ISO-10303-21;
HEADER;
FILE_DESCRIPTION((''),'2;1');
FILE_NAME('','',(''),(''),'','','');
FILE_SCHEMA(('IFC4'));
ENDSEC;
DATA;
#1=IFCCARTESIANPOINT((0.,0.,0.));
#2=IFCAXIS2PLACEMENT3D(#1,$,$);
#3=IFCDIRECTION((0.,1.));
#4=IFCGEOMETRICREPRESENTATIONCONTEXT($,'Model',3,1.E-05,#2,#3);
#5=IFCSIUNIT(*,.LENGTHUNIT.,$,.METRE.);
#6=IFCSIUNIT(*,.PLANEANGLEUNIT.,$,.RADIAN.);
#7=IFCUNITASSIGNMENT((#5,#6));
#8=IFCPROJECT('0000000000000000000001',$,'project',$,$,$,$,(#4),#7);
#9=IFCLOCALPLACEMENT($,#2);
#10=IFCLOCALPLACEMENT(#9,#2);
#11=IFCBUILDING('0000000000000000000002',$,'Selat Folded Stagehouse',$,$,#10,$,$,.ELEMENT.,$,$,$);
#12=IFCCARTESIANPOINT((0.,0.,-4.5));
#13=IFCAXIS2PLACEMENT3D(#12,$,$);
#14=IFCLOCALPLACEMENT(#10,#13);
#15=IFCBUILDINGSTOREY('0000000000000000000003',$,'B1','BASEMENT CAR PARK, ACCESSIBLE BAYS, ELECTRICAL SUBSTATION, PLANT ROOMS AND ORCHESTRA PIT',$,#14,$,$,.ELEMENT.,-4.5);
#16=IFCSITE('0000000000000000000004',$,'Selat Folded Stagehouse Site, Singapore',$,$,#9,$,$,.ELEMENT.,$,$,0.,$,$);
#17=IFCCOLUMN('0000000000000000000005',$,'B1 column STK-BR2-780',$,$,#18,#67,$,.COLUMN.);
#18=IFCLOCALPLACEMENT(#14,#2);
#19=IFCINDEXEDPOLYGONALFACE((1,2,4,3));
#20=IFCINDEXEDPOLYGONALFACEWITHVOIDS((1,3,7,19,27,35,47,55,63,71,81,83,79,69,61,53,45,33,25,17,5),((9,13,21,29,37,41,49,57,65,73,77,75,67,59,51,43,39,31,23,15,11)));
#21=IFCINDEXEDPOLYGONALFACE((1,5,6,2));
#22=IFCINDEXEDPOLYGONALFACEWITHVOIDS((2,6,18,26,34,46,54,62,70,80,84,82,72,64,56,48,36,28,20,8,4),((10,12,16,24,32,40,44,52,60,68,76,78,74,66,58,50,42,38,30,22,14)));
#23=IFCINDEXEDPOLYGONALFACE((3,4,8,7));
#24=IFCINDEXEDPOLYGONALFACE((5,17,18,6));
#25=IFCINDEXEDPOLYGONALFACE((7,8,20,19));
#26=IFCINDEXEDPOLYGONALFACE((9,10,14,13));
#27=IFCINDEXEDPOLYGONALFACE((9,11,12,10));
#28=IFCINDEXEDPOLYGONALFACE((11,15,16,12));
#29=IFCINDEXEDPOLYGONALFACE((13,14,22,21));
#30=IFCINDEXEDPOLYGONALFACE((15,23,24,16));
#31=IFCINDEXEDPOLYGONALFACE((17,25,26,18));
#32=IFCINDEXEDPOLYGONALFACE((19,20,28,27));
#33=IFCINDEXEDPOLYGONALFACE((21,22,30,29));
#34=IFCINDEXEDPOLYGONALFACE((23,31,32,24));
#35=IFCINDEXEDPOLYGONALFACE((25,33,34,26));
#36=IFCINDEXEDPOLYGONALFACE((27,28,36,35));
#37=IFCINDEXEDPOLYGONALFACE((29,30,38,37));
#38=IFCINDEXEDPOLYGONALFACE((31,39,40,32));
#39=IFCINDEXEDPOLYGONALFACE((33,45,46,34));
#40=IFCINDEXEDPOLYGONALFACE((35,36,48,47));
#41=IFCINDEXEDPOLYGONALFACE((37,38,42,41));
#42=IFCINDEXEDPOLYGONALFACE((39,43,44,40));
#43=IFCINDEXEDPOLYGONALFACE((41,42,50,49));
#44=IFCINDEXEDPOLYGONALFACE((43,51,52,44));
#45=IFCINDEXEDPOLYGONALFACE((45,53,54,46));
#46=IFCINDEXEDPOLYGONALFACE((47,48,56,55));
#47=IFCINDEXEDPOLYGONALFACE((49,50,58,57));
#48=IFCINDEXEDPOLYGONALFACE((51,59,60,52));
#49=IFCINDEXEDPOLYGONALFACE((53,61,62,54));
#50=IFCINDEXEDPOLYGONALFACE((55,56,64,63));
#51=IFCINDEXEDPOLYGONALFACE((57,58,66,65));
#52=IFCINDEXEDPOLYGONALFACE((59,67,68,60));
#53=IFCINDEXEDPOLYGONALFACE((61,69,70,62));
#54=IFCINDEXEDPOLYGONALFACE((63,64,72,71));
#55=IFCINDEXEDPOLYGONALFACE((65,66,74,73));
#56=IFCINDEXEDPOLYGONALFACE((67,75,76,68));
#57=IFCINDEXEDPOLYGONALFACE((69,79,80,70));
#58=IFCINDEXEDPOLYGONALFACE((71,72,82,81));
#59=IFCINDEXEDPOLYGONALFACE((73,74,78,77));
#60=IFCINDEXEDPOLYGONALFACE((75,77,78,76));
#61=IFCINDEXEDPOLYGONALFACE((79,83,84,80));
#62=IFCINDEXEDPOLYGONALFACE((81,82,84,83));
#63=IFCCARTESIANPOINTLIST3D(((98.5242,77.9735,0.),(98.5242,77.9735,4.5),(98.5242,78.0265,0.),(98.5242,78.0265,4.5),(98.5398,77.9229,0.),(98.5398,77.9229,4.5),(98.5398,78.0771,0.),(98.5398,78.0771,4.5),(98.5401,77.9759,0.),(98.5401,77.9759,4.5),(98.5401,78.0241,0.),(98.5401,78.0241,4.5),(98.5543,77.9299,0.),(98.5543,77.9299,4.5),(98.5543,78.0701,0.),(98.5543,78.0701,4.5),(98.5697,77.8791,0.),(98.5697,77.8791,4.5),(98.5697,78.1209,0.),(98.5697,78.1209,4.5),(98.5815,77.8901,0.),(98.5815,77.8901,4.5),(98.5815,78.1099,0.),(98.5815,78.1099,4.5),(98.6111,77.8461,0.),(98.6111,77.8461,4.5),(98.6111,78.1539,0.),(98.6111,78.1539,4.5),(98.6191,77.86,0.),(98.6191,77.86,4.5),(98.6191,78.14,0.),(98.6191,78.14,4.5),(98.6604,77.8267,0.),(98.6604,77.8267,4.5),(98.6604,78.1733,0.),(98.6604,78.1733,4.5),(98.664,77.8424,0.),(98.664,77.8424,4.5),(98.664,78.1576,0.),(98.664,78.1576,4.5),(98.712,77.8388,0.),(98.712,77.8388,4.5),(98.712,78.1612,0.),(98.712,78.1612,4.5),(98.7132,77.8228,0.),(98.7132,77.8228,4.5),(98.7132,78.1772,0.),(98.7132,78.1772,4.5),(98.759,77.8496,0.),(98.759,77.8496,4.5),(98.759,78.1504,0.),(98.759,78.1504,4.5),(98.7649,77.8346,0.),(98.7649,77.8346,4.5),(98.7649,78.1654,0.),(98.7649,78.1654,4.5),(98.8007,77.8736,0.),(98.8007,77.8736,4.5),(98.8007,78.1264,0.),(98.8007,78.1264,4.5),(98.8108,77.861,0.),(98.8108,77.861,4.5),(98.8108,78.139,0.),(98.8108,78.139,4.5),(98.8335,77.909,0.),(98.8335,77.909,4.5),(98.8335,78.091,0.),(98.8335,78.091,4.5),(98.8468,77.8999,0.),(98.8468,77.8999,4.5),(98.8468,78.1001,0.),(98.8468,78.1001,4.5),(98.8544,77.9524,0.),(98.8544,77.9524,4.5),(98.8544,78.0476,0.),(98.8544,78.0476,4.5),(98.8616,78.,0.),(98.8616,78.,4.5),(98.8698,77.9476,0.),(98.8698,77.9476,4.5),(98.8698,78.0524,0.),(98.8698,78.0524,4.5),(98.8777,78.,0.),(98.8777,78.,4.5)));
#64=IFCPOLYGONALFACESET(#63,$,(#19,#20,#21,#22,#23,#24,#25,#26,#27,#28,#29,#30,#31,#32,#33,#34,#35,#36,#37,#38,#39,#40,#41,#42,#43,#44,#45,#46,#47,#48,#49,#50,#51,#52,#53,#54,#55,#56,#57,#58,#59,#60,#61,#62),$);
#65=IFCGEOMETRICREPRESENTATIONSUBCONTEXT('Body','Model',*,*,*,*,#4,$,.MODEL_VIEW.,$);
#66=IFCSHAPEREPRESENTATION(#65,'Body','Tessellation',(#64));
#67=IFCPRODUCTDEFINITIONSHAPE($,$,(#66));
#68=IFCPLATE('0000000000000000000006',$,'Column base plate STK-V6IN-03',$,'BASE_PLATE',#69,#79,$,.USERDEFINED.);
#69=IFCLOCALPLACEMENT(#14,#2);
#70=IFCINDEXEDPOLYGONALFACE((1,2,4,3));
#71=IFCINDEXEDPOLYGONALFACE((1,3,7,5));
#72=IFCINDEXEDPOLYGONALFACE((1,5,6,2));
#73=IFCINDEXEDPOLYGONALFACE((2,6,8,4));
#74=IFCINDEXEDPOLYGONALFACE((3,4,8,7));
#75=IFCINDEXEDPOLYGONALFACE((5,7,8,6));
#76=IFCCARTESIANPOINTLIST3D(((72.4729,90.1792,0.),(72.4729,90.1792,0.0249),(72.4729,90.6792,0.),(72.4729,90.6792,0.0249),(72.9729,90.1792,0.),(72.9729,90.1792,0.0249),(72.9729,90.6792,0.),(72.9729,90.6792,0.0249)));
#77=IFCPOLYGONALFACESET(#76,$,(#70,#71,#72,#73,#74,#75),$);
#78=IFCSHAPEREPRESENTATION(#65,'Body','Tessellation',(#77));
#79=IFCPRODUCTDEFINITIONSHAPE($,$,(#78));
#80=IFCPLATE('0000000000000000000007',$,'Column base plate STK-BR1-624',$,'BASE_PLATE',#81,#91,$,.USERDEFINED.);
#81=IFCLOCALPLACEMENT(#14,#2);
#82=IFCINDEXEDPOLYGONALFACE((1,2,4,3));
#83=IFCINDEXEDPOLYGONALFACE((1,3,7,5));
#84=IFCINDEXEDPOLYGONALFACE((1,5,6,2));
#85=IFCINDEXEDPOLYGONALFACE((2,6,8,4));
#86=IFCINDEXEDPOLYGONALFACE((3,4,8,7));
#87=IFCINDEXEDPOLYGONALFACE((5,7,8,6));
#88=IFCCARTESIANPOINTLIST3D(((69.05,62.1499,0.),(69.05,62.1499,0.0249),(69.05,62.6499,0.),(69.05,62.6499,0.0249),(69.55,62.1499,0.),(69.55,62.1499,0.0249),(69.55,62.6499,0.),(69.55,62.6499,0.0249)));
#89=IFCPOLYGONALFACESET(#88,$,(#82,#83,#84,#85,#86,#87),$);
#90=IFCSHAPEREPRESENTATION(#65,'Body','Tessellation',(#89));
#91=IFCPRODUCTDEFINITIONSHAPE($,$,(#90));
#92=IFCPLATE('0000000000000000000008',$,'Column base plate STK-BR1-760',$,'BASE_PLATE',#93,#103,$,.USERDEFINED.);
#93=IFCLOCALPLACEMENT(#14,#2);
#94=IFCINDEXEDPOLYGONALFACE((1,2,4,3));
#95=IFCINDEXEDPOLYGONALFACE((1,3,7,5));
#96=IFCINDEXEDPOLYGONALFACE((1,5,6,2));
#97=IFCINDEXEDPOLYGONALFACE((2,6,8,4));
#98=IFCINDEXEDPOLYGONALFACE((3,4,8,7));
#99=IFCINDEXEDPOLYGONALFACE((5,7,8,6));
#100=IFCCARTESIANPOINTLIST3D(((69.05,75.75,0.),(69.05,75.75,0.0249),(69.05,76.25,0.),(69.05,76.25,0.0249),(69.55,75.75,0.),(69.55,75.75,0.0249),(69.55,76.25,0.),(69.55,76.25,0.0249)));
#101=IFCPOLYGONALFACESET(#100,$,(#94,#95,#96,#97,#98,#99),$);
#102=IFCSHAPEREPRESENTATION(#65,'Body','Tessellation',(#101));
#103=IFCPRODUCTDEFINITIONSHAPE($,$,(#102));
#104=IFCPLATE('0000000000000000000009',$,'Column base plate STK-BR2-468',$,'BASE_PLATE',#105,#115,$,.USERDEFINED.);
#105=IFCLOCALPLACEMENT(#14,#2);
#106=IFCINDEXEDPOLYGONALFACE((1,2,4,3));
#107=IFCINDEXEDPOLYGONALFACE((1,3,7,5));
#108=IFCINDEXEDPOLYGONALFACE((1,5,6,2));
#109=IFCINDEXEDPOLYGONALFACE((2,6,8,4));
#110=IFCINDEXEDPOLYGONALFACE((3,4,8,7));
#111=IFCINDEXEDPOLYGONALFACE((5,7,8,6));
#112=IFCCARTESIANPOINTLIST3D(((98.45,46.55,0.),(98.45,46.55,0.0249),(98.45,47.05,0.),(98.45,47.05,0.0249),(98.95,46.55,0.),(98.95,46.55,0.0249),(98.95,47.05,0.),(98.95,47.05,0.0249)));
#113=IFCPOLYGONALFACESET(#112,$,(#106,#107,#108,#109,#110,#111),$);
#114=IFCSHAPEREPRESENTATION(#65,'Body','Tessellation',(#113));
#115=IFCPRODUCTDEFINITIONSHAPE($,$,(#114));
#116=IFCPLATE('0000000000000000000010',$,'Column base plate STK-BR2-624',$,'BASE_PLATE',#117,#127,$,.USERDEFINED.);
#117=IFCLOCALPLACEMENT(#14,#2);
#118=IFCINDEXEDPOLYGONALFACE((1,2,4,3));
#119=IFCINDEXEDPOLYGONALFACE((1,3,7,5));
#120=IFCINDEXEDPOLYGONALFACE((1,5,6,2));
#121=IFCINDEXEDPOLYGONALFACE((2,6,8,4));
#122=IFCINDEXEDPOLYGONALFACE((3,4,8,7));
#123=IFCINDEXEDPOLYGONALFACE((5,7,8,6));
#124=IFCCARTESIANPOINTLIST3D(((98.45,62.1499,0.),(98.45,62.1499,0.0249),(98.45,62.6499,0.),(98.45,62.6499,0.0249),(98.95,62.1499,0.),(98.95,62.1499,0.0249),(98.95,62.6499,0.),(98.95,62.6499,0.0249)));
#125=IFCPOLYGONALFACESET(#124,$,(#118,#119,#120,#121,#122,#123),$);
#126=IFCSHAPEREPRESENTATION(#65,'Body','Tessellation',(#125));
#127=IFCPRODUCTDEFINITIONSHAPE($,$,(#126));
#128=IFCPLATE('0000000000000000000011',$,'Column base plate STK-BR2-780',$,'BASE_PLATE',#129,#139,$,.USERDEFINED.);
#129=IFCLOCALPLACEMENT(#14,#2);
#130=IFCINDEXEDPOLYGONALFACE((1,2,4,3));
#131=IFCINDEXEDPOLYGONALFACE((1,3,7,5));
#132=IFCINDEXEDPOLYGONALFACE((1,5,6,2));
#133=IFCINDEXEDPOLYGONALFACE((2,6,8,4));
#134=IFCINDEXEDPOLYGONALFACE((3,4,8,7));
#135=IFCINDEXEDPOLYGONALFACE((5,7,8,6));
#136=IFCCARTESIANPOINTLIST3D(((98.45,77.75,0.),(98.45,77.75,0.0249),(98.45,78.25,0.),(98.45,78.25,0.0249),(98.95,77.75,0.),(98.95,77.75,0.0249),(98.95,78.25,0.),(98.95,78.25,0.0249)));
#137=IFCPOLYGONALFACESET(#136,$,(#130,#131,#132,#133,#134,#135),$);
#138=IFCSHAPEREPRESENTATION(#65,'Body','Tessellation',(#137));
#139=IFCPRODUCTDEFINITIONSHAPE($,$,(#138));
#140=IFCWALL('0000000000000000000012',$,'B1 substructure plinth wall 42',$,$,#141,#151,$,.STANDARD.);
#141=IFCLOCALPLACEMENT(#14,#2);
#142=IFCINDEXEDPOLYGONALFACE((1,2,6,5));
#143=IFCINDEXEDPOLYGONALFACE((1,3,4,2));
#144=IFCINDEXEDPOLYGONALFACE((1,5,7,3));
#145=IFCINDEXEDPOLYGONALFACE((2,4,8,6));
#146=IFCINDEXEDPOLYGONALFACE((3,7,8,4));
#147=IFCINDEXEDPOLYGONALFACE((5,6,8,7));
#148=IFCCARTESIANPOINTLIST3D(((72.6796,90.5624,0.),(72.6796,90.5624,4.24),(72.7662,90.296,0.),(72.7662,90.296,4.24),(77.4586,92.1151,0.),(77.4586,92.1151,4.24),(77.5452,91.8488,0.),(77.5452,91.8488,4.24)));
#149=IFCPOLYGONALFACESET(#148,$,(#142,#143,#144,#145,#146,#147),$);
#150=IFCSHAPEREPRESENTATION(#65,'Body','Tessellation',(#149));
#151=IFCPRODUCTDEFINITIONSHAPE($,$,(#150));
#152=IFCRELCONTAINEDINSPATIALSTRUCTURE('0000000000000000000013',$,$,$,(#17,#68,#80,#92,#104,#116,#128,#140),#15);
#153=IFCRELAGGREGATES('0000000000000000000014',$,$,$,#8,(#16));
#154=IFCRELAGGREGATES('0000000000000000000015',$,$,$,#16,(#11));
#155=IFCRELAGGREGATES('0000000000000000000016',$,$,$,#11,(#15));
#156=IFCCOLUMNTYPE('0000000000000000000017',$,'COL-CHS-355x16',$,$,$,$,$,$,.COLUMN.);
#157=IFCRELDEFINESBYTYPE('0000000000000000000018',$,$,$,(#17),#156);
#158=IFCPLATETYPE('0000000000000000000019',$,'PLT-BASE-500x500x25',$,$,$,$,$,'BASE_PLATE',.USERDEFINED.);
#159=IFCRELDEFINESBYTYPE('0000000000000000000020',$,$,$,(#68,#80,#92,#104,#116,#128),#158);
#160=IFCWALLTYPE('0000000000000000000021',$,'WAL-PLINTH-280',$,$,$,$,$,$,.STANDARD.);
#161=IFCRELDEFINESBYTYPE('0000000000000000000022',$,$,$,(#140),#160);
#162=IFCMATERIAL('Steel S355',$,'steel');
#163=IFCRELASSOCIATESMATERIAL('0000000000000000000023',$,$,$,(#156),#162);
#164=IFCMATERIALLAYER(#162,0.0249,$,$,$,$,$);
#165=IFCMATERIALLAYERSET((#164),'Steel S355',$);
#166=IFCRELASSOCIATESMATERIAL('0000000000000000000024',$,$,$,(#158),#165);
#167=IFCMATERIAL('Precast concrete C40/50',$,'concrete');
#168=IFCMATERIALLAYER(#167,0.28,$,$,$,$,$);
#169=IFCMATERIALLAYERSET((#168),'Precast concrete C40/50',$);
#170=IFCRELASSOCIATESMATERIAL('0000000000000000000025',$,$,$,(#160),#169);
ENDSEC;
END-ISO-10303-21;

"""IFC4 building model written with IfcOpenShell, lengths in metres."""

from ifc_helpers import new_model, si_unit, direction, frame, frame_2d, origin, origin_2d, place, context, subcontext, project, spatial, rectangle, hollow_circle, extrude, material, layer, layer_set, material_profile, profile_set, type_object, element, save


model = new_model("IFC4")

# Units and contexts
model_context = context("Model", 3, precision=1e-05, world=origin(), true_north=direction((0.0, 1.0)))
body_context = subcontext(model_context, "Body", "Model", "MODEL_VIEW")
ifc_project = project(units=[si_unit("LENGTHUNIT", "METRE"), si_unit("PLANEANGLEUNIT", "RADIAN")], contexts=[model_context])

# Site, building, storey
site_placement = place(None, origin())
site = spatial("IfcSite", under=ifc_project, at=site_placement, Name="Selat Folded Stagehouse Site, Singapore", CompositionType="ELEMENT", RefElevation=0.0)
building_placement = place(site_placement, origin())
building = spatial("IfcBuilding", under=site, at=building_placement, Name="Selat Folded Stagehouse", CompositionType="ELEMENT")
storey_placement = place(building_placement, frame((0.0, 0.0, -4.5)))
storey = spatial("IfcBuildingStorey", under=building, at=storey_placement, Name="B1", Description="BASEMENT CAR PARK, ACCESSIBLE BAYS, ELECTRICAL SUBSTATION, PLANT ROOMS AND ORCHESTRA PIT", CompositionType="ELEMENT", Elevation=-4.5)

# Column
ifc_material_1 = material(Name="Steel S355", Category="steel")
ifc_material_profile_1 = material_profile(ifc_material_1, hollow_circle(Radius=0.1777, WallThickness=0.0161, at=origin_2d()), Name="CHS 355.6x16.0")
ifc_profile_set_1 = profile_set([ifc_material_profile_1], Name="Steel S355")
column_type_1 = type_object("IfcColumnType", Name="COL-CHS-355x16", PredefinedType="COLUMN", material=ifc_profile_set_1)
for number, where, z_axis, x_axis, name in (
    (1, (98.7, 78.0, 0.0), (0.0, 0.0, 1.0), (1.0, 0.0, 0.0), "B1 column STK-BR2-780"),
):
    element("IfcColumn", number, at=place(storey_placement, frame(where, z_axis=z_axis, x_axis=x_axis)), inside=storey, type_object=column_type_1, Name=name, PredefinedType="COLUMN", context=body_context, shape_type="SweptSolid", body=[
        extrude(hollow_circle(Radius=0.1777, WallThickness=0.0161, at=origin_2d()), origin(), (0.0, 0.0, 1.0), 4.5),
    ])

# Plates
ifc_layer_1 = layer(ifc_material_1, 0.0249)
ifc_layer_set_1 = layer_set([ifc_layer_1], Name="Steel S355")
plate_type = type_object("IfcPlateType", Name="PLT-BASE-500x500x25", ElementType="BASE_PLATE", PredefinedType="USERDEFINED", material=ifc_layer_set_1)
for number, where, z_axis, x_axis, name in (
    (2, (72.7229, 90.4292, 0.0), (0.0, 0.0, 1.0), (1.0, 0.0, 0.0), "Column base plate STK-V6IN-03"),
    (3, (69.3, 62.3999, 0.0), (0.0, 0.0, 1.0), (1.0, 0.0, 0.0), "Column base plate STK-BR1-624"),
    (4, (69.3, 76.0, 0.0), (0.0, 0.0, 1.0), (1.0, 0.0, 0.0), "Column base plate STK-BR1-760"),
    (5, (98.7, 46.8, 0.0), (0.0, 0.0, 1.0), (1.0, 0.0, 0.0), "Column base plate STK-BR2-468"),
    (6, (98.7, 62.3999, 0.0), (0.0, 0.0, 1.0), (1.0, 0.0, 0.0), "Column base plate STK-BR2-624"),
    (7, (98.7, 78.0, 0.0), (0.0, 0.0, 1.0), (1.0, 0.0, 0.0), "Column base plate STK-BR2-780"),
):
    element("IfcPlate", number, at=place(storey_placement, frame(where, z_axis=z_axis, x_axis=x_axis)), inside=storey, type_object=plate_type, Name=name, ObjectType="BASE_PLATE", PredefinedType="USERDEFINED", context=body_context, shape_type="SweptSolid", body=[
        extrude(rectangle(XDim=0.5, YDim=0.5, at=origin_2d()), origin(), (0.0, 0.0, 1.0), 0.0249),
    ])

# Wall
ifc_material_2 = material(Name="Precast concrete C40/50", Category="concrete")
ifc_layer_2 = layer(ifc_material_2, 0.28)
ifc_layer_set_2 = layer_set([ifc_layer_2], Name="Precast concrete C40/50")
wall_type = type_object("IfcWallType", Name="WAL-PLINTH-280", PredefinedType="STANDARD", material=ifc_layer_set_2)
wall_placement = place(storey_placement, frame((72.7229, 90.4292, 0.0), z_axis=(0.0, 0.0, 1.0), x_axis=(0.951061, 0.309004, 0.0)))
element("IfcWall", 8, at=wall_placement, inside=storey, type_object=wall_type, Name="B1 substructure plinth wall 42", PredefinedType="STANDARD", context=body_context, shape_type="SweptSolid", body=[
    extrude(rectangle(XDim=5.0249, YDim=0.28, at=frame_2d((2.5125, 0.0))), origin(), (0.0, 0.0, 1.0), 4.24),
])

save(model, "model.ifc")
